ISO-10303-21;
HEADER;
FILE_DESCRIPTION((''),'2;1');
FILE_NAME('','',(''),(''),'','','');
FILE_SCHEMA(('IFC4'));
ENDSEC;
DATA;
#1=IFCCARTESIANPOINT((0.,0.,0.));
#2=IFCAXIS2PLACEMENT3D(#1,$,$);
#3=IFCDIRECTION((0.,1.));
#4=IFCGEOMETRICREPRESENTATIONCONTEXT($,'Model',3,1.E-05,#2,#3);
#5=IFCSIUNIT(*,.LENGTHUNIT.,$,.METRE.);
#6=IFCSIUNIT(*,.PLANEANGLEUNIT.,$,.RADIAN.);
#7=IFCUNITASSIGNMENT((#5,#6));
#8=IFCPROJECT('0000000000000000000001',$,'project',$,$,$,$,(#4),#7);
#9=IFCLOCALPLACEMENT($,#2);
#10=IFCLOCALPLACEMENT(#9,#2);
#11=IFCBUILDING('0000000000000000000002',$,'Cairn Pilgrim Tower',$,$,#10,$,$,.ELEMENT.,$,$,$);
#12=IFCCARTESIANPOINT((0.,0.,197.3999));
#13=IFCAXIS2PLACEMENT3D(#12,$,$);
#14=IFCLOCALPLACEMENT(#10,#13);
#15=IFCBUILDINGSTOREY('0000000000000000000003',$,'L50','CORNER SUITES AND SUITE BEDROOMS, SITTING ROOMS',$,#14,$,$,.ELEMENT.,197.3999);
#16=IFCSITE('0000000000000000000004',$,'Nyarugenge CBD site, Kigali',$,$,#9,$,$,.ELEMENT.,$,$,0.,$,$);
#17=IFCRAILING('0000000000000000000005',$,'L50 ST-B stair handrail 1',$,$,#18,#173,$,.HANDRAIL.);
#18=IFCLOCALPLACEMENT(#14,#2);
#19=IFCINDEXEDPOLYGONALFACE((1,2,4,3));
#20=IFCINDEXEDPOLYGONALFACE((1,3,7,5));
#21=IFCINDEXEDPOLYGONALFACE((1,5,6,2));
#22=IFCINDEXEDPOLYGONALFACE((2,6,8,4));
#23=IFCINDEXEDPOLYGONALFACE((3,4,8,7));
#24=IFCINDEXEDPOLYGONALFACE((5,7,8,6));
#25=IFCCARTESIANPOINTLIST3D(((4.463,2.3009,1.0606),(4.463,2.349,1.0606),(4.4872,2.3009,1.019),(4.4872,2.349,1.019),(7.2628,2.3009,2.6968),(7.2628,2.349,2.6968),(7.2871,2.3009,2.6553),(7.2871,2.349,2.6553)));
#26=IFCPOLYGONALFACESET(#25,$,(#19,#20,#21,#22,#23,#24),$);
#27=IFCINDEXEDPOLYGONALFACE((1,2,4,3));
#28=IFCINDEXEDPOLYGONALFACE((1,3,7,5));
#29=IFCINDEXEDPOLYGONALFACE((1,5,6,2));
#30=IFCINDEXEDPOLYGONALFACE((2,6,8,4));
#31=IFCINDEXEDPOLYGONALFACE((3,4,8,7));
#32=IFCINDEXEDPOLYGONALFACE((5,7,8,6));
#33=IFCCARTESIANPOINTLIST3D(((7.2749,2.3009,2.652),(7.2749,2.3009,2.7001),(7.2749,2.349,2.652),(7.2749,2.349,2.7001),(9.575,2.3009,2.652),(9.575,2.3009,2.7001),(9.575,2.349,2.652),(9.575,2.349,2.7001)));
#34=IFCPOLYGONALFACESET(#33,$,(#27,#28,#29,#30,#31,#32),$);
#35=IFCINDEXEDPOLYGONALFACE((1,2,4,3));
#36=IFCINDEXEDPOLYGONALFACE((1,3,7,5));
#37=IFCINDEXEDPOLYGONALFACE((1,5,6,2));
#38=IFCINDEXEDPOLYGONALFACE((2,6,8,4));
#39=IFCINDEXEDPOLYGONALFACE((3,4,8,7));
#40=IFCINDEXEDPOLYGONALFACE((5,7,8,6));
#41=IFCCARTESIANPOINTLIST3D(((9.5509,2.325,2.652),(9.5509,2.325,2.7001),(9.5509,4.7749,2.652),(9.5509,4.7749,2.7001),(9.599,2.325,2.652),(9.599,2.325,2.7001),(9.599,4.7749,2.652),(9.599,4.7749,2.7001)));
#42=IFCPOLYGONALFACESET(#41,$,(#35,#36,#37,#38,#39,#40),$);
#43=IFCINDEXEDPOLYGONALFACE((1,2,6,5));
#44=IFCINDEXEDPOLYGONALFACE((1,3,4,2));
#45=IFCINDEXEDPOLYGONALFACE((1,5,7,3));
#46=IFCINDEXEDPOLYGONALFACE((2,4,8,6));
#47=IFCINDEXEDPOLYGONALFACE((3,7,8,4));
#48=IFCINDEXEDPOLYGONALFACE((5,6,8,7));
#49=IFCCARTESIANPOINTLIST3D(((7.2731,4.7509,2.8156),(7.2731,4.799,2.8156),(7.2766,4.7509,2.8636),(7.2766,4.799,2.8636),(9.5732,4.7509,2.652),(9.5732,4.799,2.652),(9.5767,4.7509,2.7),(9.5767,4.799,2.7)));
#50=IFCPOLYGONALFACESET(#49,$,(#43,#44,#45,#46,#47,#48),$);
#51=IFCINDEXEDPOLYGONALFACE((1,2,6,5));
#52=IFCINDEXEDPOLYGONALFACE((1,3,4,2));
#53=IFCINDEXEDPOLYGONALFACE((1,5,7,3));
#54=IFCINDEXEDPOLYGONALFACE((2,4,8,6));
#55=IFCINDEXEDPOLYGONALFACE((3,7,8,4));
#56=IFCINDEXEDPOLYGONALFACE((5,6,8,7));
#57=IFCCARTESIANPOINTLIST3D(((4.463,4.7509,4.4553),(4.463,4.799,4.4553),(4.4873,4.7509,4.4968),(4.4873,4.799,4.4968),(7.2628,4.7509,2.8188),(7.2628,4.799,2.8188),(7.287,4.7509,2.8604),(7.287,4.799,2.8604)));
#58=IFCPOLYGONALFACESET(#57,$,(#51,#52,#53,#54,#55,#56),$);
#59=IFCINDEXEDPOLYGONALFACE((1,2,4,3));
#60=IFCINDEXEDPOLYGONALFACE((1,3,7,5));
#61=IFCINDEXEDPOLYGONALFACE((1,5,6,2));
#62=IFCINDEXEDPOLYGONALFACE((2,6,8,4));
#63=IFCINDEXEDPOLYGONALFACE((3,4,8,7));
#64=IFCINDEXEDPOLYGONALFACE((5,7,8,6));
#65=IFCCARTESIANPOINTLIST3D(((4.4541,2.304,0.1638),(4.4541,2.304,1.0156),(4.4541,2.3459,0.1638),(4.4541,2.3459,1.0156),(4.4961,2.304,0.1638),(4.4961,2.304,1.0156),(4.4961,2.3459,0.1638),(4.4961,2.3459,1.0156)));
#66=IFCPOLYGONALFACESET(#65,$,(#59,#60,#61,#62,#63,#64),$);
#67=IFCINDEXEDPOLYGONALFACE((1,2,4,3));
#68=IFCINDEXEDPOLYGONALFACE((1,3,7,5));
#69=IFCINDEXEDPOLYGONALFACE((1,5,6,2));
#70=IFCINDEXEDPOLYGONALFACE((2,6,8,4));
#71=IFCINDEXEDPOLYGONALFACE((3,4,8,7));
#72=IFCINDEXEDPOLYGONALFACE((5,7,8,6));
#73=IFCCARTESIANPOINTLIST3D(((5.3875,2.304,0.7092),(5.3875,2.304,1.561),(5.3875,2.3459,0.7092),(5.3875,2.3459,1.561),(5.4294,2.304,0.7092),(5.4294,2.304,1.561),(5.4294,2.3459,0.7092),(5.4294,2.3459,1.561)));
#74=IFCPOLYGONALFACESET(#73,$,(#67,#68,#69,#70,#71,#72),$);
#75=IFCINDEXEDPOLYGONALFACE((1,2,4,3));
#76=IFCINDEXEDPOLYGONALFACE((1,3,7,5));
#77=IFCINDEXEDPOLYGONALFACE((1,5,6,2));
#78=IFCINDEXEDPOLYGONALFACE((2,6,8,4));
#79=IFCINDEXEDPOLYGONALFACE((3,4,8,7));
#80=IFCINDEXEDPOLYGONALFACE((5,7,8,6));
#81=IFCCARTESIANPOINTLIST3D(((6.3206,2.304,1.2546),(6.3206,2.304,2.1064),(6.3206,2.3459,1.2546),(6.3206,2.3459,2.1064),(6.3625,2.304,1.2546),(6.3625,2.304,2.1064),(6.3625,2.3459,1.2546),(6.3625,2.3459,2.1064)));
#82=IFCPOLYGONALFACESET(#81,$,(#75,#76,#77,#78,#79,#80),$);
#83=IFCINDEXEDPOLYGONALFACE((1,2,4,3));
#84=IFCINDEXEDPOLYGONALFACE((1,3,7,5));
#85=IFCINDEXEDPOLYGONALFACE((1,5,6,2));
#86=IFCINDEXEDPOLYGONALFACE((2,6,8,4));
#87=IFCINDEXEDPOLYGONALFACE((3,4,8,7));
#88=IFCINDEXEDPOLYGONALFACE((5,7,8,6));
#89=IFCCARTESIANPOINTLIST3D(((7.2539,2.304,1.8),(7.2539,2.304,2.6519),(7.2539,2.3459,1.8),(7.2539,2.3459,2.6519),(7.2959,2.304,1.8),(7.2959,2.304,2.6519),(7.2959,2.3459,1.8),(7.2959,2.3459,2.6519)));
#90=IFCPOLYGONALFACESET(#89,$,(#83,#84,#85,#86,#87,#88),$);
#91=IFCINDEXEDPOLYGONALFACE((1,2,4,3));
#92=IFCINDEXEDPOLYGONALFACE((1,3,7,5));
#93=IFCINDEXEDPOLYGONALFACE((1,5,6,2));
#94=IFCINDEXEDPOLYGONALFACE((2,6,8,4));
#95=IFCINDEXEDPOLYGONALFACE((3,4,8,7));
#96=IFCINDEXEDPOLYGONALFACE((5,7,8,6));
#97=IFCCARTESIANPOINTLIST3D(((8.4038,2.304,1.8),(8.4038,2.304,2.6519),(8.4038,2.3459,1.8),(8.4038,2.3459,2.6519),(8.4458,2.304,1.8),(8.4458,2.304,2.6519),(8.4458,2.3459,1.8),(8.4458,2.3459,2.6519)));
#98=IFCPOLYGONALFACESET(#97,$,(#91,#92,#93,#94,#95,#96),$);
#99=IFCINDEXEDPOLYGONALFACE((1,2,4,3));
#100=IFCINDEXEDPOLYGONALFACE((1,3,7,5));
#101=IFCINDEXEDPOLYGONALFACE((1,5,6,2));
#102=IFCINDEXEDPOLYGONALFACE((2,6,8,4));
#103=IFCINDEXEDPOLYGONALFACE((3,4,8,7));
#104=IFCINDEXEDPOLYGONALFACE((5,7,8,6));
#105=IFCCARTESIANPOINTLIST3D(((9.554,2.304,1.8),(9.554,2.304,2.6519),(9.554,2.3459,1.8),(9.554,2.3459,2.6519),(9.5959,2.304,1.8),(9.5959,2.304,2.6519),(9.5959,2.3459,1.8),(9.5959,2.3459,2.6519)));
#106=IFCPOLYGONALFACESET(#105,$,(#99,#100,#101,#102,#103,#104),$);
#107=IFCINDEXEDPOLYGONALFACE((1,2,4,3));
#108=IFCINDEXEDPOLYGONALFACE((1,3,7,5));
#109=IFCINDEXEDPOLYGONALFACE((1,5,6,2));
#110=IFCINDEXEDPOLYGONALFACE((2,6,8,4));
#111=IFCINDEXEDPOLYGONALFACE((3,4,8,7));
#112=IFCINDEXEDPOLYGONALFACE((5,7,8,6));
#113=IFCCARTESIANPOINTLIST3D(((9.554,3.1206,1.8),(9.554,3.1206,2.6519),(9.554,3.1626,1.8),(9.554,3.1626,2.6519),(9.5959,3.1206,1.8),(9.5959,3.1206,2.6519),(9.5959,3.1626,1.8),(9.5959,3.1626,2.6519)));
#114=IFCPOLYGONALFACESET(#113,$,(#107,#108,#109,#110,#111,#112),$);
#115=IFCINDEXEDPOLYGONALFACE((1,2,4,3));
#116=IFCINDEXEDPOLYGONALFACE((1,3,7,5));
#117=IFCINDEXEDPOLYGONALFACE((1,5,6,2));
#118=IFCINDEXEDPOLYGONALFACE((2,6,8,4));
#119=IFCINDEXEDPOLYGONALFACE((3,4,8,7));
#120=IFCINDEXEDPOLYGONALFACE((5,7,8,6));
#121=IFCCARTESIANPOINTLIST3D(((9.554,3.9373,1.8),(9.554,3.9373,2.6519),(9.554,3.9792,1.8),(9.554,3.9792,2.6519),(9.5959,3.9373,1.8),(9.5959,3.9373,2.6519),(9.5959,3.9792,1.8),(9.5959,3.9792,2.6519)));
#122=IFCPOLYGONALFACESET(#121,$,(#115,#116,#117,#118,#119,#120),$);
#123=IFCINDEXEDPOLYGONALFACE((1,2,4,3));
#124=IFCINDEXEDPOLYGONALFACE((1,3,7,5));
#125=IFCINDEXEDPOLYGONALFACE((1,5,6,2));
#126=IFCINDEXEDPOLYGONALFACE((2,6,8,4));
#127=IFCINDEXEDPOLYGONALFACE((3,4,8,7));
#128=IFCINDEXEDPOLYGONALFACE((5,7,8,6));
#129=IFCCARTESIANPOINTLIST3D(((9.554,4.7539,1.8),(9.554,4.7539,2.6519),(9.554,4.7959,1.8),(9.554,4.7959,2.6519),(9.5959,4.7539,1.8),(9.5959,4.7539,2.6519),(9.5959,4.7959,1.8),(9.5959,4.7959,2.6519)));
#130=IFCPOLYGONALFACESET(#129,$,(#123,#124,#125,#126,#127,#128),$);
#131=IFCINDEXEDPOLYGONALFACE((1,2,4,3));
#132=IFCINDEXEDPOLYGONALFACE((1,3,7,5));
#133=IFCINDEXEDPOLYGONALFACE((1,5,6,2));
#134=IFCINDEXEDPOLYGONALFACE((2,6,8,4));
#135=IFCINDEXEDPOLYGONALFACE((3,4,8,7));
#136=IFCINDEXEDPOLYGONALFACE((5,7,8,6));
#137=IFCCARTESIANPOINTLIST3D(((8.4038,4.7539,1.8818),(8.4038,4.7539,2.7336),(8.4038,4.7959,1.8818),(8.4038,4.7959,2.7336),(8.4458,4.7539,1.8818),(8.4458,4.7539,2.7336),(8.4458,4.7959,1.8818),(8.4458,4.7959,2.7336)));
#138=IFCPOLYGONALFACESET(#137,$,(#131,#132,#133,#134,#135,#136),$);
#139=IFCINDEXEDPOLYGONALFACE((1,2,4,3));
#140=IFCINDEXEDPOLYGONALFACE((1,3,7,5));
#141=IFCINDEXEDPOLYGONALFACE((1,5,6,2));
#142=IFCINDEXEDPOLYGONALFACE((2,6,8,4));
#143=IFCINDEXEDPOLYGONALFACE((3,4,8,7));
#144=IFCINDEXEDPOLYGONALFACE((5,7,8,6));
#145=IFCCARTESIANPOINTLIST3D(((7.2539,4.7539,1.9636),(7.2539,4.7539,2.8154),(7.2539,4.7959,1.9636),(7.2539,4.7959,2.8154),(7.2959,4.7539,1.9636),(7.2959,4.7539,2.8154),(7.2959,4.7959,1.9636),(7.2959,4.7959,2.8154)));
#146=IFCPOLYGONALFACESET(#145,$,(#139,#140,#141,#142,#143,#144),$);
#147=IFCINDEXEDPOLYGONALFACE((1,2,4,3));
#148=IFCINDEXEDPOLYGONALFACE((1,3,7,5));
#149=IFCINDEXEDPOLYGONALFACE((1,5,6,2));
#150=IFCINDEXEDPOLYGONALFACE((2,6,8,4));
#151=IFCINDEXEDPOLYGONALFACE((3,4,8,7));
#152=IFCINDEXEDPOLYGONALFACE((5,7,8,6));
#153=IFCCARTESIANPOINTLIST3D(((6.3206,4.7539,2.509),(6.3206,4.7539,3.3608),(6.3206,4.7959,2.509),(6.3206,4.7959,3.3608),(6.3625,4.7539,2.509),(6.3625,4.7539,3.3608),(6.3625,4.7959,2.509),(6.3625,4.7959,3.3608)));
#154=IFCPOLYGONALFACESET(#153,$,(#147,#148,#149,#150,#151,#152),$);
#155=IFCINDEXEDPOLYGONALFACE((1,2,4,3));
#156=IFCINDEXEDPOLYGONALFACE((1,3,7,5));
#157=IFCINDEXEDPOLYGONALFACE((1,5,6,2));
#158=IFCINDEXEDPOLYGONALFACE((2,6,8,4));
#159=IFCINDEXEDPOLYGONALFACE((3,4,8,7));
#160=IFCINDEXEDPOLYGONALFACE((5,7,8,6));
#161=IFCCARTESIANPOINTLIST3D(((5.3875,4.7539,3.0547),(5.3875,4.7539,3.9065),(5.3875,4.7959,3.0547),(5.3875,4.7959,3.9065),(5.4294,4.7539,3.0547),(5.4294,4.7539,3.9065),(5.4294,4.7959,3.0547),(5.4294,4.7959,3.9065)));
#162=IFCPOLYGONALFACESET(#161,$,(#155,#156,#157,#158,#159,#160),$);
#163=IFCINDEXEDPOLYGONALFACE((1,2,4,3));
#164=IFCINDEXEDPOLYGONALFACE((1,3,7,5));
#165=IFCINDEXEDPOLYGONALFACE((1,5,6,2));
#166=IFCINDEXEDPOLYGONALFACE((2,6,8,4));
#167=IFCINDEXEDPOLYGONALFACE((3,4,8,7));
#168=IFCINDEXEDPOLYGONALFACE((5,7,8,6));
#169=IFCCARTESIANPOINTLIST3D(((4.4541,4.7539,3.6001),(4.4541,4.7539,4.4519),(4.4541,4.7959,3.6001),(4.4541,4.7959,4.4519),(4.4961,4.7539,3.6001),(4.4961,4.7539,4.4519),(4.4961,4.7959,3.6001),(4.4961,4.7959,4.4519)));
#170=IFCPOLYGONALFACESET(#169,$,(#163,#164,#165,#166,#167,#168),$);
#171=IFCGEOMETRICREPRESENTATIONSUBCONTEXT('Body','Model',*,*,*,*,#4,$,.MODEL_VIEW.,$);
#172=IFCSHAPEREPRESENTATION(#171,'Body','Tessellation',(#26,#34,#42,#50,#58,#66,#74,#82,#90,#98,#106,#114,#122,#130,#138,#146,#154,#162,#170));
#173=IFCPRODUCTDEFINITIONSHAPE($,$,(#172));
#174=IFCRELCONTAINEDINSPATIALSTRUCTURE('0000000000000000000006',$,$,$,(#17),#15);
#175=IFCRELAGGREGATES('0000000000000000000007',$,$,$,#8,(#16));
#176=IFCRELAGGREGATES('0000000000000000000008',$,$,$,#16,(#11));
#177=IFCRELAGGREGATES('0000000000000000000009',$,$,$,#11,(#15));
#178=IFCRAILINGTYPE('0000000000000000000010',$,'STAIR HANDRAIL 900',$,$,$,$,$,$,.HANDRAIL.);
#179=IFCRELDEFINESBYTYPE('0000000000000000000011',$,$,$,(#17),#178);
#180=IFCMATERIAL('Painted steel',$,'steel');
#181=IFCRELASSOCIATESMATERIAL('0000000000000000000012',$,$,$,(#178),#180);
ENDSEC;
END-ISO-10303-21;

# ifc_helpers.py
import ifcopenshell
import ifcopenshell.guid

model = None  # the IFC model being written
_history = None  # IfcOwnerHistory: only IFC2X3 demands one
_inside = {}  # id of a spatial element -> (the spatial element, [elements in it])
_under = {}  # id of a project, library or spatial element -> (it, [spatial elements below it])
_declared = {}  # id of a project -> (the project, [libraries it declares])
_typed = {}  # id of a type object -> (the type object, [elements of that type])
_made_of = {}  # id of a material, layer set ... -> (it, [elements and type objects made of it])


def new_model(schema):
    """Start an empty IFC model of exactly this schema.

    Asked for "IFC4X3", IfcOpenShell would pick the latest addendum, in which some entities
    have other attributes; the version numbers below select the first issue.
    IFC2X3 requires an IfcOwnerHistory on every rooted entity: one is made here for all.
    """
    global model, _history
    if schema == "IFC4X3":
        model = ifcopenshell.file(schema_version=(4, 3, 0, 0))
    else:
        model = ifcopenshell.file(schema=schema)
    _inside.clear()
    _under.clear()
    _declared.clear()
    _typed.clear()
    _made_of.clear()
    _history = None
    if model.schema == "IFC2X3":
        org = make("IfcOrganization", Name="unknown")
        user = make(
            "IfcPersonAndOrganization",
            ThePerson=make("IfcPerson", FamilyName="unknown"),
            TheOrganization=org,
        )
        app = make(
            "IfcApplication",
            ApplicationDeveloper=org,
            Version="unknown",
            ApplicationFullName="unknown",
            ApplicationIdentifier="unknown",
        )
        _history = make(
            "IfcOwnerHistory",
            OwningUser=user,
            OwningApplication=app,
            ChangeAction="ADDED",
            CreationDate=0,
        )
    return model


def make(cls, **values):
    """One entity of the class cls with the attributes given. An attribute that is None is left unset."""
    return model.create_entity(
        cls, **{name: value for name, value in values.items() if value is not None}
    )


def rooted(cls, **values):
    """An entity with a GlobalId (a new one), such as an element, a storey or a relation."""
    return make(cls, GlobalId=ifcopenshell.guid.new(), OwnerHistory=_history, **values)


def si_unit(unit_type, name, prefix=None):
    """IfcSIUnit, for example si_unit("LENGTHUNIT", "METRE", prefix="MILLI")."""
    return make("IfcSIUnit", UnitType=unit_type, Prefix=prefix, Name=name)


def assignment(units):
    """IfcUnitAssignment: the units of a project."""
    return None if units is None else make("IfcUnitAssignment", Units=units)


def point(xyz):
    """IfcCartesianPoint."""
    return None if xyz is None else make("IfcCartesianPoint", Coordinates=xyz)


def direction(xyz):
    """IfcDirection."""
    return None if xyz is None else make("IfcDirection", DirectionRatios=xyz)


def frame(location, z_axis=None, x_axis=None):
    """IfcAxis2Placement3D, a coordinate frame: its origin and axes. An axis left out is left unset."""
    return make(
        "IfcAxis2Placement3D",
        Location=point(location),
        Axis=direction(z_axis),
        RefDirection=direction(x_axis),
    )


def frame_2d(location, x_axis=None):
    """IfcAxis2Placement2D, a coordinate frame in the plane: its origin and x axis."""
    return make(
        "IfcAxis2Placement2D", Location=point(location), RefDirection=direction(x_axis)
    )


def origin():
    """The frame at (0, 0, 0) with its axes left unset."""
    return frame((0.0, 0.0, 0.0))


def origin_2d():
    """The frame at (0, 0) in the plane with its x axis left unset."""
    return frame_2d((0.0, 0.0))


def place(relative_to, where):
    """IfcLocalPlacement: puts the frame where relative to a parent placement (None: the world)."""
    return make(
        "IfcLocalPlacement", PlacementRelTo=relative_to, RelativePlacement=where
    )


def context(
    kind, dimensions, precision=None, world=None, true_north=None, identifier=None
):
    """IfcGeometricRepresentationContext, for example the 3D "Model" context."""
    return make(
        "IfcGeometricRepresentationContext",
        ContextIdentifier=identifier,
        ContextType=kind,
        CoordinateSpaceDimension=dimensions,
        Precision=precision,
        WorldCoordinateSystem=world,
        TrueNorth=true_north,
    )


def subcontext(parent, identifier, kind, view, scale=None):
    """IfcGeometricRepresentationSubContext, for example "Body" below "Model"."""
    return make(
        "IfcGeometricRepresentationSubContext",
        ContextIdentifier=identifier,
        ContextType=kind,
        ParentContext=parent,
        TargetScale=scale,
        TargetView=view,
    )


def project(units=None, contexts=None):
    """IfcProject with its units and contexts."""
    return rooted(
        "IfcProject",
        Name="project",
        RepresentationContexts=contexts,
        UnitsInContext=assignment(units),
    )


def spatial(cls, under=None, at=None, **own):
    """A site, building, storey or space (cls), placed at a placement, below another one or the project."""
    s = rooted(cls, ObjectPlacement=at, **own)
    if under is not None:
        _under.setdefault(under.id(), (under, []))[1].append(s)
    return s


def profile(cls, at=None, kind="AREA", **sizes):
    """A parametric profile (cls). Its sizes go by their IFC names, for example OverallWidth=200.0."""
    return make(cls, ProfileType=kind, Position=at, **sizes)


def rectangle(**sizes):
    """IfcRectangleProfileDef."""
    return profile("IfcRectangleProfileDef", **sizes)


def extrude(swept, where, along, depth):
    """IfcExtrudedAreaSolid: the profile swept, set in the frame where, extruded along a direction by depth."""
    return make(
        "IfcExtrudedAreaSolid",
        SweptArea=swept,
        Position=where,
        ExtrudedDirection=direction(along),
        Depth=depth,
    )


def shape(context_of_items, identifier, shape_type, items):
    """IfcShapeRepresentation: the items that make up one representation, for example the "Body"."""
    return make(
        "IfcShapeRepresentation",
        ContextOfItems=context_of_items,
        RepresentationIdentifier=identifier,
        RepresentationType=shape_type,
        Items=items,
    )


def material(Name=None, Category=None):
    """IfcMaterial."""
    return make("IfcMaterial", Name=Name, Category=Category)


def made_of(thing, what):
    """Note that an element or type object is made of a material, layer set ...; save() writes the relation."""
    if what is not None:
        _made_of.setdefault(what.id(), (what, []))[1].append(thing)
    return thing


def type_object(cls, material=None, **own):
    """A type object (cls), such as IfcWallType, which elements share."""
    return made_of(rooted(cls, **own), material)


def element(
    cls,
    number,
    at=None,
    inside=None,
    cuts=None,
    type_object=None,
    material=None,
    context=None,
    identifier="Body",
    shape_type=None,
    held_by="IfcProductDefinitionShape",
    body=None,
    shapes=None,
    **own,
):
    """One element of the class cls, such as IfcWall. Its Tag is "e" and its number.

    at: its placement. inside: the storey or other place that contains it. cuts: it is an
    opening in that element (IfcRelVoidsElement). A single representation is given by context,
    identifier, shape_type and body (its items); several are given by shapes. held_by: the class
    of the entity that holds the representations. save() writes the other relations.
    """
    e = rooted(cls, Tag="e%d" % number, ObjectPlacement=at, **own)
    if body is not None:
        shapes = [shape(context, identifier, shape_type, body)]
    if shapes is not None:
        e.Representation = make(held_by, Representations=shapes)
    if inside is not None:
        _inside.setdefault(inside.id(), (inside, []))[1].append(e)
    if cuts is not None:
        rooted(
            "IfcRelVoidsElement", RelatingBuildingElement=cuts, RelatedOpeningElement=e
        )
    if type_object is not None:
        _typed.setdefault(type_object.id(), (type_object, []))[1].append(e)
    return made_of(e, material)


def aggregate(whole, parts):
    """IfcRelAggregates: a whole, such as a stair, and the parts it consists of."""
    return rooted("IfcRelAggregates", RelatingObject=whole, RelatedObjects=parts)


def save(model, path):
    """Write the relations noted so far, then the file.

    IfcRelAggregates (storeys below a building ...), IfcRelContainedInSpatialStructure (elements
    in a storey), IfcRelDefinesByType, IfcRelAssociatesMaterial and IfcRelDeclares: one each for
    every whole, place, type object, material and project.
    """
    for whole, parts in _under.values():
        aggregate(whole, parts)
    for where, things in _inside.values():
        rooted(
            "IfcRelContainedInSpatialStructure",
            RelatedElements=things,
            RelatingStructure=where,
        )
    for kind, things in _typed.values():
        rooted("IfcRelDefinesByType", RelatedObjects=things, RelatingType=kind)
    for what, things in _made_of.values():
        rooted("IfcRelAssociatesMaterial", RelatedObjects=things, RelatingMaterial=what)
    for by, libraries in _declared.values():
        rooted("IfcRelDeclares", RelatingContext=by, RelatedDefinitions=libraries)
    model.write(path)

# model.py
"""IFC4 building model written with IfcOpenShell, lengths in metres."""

from ifc_helpers import new_model, si_unit, direction, frame, origin, origin_2d, place, context, subcontext, project, spatial, rectangle, extrude, material, type_object, element, save


model = new_model("IFC4")

# Units and contexts
model_context = context("Model", 3, precision=1e-05, world=origin(), true_north=direction((0.0, 1.0)))
body_context = subcontext(model_context, "Body", "Model", "MODEL_VIEW")
ifc_project = project(units=[si_unit("LENGTHUNIT", "METRE"), si_unit("PLANEANGLEUNIT", "RADIAN")], contexts=[model_context])

# Site, building, storey
site_placement = place(None, origin())
site = spatial("IfcSite", under=ifc_project, at=site_placement, Name="Nyarugenge CBD site, Kigali", CompositionType="ELEMENT", RefElevation=0.0)
building_placement = place(site_placement, origin())
building = spatial("IfcBuilding", under=site, at=building_placement, Name="Cairn Pilgrim Tower", CompositionType="ELEMENT")
storey_placement = place(building_placement, frame((0.0, 0.0, 197.3999)))
storey = spatial("IfcBuildingStorey", under=building, at=storey_placement, Name="L50", Description="CORNER SUITES AND SUITE BEDROOMS, SITTING ROOMS", CompositionType="ELEMENT", Elevation=197.3999)

# Shared definitions
ifc_material_1 = material(Name="Painted steel", Category="steel")

# Railing
railing_type_1 = type_object("IfcRailingType", Name="STAIR HANDRAIL 900", PredefinedType="HANDRAIL", material=ifc_material_1)
railing_1_placement = place(storey_placement, frame((4.4751, 2.325, 0.1638)))
element("IfcRailing", 1, at=railing_1_placement, inside=storey, type_object=railing_type_1, Name="L50 ST-B stair handrail 1", PredefinedType="HANDRAIL", context=body_context, shape_type="SweptSolid", body=[
    extrude(rectangle(XDim=0.0481, YDim=0.0481, at=origin_2d()), frame((0.0, 0.0, 0.876), z_axis=(0.863374, 0.0, 0.504564), x_axis=(0.0, 1.0, 0.0)), (0.0, 0.0, 1.0), 3.2429),
    extrude(rectangle(XDim=0.0481, YDim=0.0481, at=origin_2d()), frame((2.7998, 0.0, 2.5122), z_axis=(1.0, 0.0, 0.0), x_axis=(0.0, 1.0, 0.0)), (0.0, 0.0, 1.0), 2.3),
    extrude(rectangle(XDim=0.0481, YDim=0.0481, at=origin_2d()), frame((5.0999, 0.0, 2.5122), z_axis=(0.0, 1.0, 0.0), x_axis=(-1.0, 0.0, 0.0)), (0.0, 0.0, 1.0), 2.45),
    extrude(rectangle(XDim=0.0481, YDim=0.0481, at=origin_2d()), frame((5.0999, 2.45, 2.5122), z_axis=(-0.997481, 0.0, 0.070939), x_axis=(0.0, -1.0, 0.0)), (0.0, 0.0, 1.0), 2.3059),
    extrude(rectangle(XDim=0.0481, YDim=0.0481, at=origin_2d()), frame((2.7998, 2.45, 2.6758), z_axis=(-0.863342, 0.0, 0.50462), x_axis=(0.0, -1.0, 0.0)), (0.0, 0.0, 1.0), 3.2429),
    extrude(rectangle(XDim=0.042, YDim=0.042, at=origin_2d()), origin(), (0.0, 0.0, 1.0), 0.8518),
    extrude(rectangle(XDim=0.042, YDim=0.042, at=origin_2d()), frame((0.9333, 0.0, 0.5454)), (0.0, 0.0, 1.0), 0.8518),
    extrude(rectangle(XDim=0.042, YDim=0.042, at=origin_2d()), frame((1.8665, 0.0, 1.0908)), (0.0, 0.0, 1.0), 0.8518),
    extrude(rectangle(XDim=0.042, YDim=0.042, at=origin_2d()), frame((2.7998, 0.0, 1.6362)), (0.0, 0.0, 1.0), 0.8518),
    extrude(rectangle(XDim=0.042, YDim=0.042, at=origin_2d()), frame((3.9497, 0.0, 1.6362)), (0.0, 0.0, 1.0), 0.8518),
    extrude(rectangle(XDim=0.042, YDim=0.042, at=origin_2d()), frame((5.0999, 0.0, 1.6362)), (0.0, 0.0, 1.0), 0.8518),
    extrude(rectangle(XDim=0.042, YDim=0.042, at=origin_2d()), frame((5.0999, 0.8167, 1.6362)), (0.0, 0.0, 1.0), 0.8518),
    extrude(rectangle(XDim=0.042, YDim=0.042, at=origin_2d()), frame((5.0999, 1.6333, 1.6362)), (0.0, 0.0, 1.0), 0.8518),
    extrude(rectangle(XDim=0.042, YDim=0.042, at=origin_2d()), frame((5.0999, 2.45, 1.6362)), (0.0, 0.0, 1.0), 0.8518),
    extrude(rectangle(XDim=0.042, YDim=0.042, at=origin_2d()), frame((3.9497, 2.45, 1.718)), (0.0, 0.0, 1.0), 0.8518),
    extrude(rectangle(XDim=0.042, YDim=0.042, at=origin_2d()), frame((2.7998, 2.45, 1.7998)), (0.0, 0.0, 1.0), 0.8518),
    extrude(rectangle(XDim=0.042, YDim=0.042, at=origin_2d()), frame((1.8665, 2.45, 2.3452)), (0.0, 0.0, 1.0), 0.8518),
    extrude(rectangle(XDim=0.042, YDim=0.042, at=origin_2d()), frame((0.9333, 2.45, 2.8909)), (0.0, 0.0, 1.0), 0.8518),
    extrude(rectangle(XDim=0.042, YDim=0.042, at=origin_2d()), frame((0.0, 2.45, 3.4363)), (0.0, 0.0, 1.0), 0.8518),
])

save(model, "model.ifc")
